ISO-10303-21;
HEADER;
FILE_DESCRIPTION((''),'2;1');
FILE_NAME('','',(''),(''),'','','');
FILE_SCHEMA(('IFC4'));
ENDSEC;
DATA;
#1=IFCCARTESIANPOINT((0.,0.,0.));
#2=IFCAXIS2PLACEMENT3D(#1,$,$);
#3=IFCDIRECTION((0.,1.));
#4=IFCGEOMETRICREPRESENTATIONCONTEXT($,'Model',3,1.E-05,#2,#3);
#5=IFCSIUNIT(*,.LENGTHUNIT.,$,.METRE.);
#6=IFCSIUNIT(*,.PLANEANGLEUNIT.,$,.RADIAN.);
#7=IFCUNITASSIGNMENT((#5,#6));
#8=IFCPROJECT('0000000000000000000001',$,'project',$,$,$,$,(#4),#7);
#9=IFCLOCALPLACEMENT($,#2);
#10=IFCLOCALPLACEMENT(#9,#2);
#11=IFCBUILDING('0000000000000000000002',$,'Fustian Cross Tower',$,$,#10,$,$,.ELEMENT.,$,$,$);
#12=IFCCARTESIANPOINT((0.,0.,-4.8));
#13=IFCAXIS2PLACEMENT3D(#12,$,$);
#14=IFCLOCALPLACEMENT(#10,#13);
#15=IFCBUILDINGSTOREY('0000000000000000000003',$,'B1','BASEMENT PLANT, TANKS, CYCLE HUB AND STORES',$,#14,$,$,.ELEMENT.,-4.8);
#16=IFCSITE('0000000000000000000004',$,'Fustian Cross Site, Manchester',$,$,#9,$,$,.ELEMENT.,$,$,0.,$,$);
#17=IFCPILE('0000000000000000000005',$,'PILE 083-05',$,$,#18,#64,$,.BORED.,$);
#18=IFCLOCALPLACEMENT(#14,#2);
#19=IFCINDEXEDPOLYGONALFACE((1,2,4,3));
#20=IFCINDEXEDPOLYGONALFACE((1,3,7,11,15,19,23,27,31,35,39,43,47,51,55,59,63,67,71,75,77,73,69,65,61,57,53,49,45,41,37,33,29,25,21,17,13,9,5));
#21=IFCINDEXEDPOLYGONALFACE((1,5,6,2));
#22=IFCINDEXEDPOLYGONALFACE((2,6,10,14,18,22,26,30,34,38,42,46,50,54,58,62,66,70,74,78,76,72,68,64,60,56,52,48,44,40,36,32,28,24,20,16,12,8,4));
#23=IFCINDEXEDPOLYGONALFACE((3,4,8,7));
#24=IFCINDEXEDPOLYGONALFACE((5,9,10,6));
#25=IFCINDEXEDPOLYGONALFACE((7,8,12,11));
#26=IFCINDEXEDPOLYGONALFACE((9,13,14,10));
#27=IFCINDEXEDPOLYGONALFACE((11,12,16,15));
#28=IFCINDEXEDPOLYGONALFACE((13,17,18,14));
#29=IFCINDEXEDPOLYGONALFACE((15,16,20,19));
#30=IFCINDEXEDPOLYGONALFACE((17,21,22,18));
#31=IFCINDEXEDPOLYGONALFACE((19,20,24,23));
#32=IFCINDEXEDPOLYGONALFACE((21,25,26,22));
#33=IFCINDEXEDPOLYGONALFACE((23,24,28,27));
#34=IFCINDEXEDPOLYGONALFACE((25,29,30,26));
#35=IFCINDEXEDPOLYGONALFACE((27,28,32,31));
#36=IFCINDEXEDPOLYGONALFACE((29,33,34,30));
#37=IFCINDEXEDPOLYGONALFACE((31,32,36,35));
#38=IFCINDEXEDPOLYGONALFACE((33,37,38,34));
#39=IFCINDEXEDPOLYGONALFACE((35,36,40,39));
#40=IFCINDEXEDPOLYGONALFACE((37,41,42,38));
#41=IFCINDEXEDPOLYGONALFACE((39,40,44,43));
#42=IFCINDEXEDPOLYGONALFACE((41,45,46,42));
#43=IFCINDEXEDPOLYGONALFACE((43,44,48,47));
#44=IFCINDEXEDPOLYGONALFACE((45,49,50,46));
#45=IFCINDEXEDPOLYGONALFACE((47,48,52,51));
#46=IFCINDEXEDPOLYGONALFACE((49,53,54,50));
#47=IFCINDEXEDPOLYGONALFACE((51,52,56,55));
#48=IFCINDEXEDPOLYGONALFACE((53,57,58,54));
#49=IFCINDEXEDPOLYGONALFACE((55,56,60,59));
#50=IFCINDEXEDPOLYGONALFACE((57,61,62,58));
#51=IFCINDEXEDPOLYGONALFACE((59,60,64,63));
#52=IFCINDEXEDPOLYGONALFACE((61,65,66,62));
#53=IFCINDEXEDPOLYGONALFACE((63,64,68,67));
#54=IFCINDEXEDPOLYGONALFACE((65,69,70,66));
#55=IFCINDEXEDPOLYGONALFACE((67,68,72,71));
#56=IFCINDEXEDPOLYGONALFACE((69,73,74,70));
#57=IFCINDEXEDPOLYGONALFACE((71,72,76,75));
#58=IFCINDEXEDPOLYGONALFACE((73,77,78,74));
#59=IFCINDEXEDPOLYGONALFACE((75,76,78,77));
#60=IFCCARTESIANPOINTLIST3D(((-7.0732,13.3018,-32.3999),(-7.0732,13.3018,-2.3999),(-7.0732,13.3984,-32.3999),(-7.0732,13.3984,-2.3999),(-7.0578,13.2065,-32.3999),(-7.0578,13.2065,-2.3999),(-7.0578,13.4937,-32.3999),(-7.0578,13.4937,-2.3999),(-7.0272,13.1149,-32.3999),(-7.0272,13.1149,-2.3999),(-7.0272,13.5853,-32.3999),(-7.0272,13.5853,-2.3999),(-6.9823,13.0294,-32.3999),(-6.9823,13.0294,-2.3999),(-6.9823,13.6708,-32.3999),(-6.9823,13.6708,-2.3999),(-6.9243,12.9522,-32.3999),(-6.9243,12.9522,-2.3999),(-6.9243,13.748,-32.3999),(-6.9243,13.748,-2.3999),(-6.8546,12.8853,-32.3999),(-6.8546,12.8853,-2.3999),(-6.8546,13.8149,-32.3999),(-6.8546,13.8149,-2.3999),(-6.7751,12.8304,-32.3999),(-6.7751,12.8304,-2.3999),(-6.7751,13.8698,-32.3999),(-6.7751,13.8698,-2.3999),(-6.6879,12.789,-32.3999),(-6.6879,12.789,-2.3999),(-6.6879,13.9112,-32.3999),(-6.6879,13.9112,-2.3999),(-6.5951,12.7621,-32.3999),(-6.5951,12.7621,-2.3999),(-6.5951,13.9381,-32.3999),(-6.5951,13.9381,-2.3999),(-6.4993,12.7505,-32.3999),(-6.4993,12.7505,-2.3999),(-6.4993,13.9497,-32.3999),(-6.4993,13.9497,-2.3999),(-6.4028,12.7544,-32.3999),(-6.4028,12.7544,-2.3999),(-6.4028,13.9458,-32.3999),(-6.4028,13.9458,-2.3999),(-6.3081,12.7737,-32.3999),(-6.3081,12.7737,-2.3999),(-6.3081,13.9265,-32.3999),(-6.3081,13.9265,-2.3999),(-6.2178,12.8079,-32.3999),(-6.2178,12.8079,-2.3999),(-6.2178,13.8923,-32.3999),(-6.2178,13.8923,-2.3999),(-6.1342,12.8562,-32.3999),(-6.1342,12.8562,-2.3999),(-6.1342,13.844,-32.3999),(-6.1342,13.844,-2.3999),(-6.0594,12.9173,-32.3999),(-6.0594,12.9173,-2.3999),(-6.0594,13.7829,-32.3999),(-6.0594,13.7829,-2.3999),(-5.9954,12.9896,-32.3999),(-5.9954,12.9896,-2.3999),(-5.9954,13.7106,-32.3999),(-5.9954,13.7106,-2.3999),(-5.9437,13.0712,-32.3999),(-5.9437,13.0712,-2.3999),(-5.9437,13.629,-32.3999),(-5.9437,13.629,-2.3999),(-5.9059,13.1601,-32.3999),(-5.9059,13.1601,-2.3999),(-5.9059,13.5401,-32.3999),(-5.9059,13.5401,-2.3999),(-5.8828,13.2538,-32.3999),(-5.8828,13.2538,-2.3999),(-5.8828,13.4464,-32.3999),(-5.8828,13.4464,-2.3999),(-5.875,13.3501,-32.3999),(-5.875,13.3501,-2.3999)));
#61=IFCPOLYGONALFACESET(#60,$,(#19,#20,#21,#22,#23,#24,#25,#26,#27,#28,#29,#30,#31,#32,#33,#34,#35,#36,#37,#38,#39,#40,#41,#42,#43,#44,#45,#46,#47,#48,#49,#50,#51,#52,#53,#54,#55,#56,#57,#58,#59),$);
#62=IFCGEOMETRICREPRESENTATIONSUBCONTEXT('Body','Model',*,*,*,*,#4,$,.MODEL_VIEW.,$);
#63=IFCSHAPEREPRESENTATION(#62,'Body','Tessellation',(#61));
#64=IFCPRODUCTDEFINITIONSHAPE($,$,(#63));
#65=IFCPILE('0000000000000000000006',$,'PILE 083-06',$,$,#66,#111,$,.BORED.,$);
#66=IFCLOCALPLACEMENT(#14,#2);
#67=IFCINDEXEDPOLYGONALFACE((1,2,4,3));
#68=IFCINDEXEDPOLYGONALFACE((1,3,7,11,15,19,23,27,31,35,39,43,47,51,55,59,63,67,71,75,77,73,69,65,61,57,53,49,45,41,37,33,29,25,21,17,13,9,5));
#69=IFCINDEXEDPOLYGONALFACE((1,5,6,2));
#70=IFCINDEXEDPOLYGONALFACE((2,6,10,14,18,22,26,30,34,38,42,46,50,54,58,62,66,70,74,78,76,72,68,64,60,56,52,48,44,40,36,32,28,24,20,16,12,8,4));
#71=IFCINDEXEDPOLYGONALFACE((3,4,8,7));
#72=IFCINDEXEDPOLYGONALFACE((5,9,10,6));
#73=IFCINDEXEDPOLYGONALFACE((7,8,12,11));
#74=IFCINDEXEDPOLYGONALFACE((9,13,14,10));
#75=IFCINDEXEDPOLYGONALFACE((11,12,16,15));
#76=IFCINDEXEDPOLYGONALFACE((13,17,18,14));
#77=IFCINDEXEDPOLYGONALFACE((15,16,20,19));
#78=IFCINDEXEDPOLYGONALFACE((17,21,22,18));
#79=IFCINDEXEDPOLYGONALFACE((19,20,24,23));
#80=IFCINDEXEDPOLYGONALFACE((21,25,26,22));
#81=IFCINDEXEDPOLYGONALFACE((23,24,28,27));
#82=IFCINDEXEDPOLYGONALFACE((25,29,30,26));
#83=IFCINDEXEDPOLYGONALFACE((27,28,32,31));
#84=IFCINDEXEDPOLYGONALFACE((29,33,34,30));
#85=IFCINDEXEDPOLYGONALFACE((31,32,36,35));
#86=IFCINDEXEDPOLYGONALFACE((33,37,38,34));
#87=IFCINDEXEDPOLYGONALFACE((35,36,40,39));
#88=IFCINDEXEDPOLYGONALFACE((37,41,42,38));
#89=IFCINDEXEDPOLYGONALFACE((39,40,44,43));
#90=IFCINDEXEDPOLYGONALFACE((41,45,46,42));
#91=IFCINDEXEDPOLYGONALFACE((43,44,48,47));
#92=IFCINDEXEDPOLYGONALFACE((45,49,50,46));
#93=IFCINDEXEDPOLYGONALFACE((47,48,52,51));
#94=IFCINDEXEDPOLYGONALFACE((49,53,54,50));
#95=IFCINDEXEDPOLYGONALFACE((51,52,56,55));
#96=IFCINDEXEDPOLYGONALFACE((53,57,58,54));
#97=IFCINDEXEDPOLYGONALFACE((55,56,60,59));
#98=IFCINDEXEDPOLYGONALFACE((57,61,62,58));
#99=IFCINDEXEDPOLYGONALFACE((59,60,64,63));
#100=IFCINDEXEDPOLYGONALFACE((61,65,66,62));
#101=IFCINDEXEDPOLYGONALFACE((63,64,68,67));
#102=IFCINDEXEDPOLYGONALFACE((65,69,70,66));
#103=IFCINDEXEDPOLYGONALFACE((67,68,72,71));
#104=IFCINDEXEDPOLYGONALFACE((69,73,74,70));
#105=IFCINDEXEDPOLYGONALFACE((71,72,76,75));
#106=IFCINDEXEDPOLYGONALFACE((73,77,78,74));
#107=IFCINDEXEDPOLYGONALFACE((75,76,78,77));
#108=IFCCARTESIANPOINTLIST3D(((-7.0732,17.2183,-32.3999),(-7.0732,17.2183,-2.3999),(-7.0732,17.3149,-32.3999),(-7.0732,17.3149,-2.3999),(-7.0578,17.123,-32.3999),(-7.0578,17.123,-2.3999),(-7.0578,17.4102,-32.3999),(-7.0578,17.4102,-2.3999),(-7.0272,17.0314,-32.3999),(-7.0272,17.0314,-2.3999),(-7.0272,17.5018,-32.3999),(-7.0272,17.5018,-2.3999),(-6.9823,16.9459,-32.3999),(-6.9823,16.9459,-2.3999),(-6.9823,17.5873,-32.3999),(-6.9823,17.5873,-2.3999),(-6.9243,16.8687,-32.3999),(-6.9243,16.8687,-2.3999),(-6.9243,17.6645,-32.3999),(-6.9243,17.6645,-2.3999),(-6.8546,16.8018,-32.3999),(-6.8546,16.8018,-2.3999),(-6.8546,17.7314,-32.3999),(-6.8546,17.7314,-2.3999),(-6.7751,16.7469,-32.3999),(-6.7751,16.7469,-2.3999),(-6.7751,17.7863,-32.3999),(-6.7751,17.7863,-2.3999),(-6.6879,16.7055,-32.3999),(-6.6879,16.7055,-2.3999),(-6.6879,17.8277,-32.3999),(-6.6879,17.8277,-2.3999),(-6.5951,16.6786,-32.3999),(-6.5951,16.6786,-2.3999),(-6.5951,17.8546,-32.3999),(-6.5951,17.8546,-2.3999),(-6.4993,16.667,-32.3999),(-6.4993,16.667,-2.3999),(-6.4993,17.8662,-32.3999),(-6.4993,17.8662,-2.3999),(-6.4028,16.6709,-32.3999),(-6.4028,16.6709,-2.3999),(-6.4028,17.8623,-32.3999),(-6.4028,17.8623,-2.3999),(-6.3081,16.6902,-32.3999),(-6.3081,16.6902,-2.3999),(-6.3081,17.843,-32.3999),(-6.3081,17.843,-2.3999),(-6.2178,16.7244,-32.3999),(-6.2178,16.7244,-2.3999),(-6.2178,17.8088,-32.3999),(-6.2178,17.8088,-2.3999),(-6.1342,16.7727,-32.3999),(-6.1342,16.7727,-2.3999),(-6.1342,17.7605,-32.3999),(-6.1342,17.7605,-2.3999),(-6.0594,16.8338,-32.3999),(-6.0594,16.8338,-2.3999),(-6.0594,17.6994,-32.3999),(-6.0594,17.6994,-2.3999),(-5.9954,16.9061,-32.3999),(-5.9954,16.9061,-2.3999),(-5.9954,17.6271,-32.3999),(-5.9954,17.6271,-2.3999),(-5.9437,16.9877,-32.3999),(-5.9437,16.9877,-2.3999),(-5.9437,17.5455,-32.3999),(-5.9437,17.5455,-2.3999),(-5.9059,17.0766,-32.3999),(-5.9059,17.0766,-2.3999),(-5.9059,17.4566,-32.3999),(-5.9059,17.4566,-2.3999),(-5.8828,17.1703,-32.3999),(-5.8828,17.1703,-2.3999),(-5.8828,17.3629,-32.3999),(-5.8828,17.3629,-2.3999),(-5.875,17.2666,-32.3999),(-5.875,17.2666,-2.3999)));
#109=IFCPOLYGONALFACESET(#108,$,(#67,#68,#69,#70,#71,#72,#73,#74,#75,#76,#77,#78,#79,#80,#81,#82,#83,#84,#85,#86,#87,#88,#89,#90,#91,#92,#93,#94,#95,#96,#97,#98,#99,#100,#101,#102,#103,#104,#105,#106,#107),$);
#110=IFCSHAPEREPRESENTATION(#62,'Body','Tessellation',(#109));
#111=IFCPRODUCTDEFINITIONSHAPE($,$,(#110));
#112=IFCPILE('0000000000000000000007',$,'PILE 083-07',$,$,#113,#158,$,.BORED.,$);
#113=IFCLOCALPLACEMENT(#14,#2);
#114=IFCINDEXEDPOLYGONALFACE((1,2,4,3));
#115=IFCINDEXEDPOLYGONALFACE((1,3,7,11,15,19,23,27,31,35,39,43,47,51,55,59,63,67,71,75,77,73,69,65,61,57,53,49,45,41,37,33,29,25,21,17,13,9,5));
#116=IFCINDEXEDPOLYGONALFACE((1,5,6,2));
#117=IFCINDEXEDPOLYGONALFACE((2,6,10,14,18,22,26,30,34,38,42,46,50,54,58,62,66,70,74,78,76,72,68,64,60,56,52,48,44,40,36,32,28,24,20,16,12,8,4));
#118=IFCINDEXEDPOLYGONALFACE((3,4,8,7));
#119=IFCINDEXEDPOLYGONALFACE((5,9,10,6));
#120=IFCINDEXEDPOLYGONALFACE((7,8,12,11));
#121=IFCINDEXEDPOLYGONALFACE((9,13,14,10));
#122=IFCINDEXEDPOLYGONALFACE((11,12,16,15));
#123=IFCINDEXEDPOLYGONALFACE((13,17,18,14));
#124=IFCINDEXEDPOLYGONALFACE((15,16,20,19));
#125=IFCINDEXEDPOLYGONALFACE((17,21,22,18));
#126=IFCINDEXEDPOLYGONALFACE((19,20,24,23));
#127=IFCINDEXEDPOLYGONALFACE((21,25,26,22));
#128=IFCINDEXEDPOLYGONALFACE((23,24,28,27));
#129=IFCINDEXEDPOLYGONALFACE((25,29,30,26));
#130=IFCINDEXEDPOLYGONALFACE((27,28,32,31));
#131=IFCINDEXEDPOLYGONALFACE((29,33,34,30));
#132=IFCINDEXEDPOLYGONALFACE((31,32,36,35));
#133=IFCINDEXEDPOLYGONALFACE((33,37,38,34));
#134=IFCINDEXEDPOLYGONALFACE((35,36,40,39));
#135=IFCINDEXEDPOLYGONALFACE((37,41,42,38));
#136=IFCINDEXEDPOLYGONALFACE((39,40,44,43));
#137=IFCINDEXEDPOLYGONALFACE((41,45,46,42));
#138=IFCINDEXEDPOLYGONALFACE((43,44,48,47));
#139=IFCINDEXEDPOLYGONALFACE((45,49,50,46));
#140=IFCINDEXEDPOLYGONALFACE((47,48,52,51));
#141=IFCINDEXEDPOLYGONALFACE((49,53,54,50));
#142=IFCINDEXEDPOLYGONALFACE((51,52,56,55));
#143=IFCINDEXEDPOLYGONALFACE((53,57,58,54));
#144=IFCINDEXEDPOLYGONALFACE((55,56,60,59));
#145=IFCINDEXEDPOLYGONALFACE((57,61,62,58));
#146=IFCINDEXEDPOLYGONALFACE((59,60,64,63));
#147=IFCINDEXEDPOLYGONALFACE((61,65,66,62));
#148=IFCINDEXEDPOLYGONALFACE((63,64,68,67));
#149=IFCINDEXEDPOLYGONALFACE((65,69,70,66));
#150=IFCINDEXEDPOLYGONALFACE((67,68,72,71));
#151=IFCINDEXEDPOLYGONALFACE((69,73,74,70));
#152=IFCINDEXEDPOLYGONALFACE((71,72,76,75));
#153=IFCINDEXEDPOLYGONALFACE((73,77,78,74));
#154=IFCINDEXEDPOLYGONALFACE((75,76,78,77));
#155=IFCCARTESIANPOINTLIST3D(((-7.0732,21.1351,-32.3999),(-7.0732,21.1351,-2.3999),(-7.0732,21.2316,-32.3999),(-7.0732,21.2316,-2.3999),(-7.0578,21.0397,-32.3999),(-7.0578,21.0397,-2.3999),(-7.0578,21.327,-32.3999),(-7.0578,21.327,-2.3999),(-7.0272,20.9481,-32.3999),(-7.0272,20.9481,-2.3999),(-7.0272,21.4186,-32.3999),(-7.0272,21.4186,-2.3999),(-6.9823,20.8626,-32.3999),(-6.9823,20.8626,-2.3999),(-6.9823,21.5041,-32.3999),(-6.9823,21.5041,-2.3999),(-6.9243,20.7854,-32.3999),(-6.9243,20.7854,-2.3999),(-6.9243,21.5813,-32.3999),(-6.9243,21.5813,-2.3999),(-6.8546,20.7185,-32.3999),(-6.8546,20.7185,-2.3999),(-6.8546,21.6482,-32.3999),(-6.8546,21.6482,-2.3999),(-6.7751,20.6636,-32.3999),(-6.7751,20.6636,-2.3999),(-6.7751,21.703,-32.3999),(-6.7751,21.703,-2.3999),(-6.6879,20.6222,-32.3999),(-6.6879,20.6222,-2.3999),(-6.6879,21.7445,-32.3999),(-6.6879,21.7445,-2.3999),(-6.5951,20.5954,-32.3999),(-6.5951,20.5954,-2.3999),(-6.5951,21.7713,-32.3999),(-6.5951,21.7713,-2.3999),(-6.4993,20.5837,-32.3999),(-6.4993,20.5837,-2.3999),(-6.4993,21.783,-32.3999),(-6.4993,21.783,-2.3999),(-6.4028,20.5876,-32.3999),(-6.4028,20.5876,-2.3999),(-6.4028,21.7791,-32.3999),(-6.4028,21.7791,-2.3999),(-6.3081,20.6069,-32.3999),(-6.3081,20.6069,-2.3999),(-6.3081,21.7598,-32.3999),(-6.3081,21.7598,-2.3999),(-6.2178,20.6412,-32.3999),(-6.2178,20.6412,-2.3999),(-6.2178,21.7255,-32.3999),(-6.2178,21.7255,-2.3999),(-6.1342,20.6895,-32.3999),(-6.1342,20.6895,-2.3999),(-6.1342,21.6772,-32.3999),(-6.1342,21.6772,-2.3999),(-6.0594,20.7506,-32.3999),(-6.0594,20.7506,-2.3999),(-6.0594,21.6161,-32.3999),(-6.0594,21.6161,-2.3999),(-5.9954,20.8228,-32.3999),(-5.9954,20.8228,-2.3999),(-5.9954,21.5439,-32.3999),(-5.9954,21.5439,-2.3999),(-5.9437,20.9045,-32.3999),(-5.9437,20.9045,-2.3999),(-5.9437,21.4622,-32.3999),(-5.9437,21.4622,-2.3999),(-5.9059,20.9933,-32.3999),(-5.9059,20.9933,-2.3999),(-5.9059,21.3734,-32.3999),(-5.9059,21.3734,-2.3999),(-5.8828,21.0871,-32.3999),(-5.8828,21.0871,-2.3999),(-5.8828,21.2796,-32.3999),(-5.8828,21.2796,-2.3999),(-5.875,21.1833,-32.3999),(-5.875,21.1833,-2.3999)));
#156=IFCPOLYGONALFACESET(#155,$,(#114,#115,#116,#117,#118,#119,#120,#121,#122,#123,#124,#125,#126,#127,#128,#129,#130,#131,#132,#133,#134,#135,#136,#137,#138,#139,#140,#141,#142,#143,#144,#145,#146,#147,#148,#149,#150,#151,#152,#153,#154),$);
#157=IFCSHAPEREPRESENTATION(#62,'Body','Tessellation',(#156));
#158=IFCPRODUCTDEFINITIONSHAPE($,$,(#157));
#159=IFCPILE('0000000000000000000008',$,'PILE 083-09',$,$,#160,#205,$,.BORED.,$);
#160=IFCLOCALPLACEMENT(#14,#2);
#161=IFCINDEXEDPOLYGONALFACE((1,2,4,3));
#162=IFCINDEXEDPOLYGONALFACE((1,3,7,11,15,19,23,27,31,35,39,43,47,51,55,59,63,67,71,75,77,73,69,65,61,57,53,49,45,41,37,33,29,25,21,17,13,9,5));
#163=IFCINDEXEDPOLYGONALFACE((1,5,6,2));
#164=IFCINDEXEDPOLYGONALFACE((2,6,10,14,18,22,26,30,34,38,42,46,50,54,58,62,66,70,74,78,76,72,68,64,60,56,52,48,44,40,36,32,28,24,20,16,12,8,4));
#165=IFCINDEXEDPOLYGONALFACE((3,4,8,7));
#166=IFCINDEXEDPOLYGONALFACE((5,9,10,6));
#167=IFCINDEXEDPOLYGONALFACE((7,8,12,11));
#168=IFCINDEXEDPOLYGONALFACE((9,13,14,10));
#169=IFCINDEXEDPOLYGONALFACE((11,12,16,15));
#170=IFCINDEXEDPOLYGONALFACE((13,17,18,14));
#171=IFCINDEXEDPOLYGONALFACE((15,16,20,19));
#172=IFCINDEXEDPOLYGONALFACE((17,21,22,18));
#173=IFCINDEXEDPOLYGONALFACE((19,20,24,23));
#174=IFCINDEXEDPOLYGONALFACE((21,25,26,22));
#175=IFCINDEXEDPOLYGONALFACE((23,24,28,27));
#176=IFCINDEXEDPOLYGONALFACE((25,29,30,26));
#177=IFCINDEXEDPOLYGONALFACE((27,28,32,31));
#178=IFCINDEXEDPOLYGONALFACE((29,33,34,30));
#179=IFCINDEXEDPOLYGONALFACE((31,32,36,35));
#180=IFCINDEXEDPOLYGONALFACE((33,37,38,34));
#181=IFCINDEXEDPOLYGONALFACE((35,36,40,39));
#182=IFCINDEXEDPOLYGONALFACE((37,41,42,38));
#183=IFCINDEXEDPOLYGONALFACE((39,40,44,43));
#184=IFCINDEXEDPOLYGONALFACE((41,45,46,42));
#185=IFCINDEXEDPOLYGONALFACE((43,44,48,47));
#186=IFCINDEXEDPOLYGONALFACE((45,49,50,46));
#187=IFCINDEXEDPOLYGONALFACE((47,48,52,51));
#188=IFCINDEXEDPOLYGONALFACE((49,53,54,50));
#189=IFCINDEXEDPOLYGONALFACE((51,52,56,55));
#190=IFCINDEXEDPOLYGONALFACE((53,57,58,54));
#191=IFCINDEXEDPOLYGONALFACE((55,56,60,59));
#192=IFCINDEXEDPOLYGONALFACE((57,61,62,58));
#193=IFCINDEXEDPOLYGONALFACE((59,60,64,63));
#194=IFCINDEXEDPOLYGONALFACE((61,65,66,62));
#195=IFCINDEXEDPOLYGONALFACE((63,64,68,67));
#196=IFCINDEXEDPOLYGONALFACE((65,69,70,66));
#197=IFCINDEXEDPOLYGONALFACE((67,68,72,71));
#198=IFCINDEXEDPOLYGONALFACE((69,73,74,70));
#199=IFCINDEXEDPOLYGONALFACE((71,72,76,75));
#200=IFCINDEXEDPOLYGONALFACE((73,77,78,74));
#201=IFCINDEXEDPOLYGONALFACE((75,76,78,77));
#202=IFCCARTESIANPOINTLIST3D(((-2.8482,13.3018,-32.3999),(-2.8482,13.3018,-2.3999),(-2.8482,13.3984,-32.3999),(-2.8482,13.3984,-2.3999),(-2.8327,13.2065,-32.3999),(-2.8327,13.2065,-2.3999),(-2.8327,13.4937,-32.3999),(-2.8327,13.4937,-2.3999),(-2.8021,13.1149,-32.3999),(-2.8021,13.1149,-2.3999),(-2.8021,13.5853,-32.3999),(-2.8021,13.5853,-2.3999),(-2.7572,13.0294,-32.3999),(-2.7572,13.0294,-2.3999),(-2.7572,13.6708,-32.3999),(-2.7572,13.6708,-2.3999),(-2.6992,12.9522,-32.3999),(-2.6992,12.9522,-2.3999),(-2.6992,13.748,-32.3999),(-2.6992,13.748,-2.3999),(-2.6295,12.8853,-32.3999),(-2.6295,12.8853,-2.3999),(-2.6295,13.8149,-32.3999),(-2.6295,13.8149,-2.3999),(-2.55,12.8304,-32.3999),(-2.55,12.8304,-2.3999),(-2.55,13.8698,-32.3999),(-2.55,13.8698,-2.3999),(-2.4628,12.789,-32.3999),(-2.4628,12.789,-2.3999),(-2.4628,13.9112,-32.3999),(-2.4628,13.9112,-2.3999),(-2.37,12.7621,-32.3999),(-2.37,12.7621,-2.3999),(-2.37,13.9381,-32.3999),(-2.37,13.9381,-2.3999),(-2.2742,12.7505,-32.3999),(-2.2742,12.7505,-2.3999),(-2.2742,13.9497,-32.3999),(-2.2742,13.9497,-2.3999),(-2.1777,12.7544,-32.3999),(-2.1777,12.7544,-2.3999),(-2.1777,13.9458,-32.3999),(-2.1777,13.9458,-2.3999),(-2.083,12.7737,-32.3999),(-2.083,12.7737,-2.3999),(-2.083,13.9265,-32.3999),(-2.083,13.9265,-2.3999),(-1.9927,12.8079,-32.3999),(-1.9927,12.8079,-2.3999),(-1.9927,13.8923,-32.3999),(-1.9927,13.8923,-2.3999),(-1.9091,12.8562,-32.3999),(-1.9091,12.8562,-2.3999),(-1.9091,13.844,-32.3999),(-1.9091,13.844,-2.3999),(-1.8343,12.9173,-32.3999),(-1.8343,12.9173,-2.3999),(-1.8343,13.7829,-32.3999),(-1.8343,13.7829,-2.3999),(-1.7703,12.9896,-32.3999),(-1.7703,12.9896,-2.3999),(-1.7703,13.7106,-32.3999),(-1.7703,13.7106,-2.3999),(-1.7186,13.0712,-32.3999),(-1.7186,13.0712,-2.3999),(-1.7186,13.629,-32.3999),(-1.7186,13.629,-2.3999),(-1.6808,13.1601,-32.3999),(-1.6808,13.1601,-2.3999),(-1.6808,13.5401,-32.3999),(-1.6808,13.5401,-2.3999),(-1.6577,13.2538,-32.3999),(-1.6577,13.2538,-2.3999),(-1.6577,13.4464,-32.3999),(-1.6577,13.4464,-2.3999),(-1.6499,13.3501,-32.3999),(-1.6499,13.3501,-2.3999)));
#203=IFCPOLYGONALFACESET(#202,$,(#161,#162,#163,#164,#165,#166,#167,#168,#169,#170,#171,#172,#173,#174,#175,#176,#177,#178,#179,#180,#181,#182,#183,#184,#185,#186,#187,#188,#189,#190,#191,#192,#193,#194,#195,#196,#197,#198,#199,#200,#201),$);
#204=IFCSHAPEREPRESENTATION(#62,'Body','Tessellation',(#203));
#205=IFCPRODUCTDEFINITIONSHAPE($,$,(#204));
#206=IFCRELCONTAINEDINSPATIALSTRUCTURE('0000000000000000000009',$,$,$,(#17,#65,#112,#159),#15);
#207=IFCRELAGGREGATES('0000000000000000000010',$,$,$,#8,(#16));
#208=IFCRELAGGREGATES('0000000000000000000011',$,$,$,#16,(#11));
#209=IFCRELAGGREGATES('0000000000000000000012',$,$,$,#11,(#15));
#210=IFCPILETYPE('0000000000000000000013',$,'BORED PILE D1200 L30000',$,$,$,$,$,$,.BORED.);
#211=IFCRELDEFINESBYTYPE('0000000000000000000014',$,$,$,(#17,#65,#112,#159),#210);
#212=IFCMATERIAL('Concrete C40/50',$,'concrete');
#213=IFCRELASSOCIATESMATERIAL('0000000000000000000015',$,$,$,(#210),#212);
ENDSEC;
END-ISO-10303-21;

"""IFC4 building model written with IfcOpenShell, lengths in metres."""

from ifc_helpers import new_model, si_unit, direction, frame, origin, origin_2d, place, context, subcontext, project, spatial, circle, extrude, material, material_profile, profile_set, type_object, element, save


model = new_model("IFC4")

# Units and contexts
model_context = context("Model", 3, precision=1e-05, world=origin(), true_north=direction((0.0, 1.0)))
body_context = subcontext(model_context, "Body", "Model", "MODEL_VIEW")
ifc_project = project(units=[si_unit("LENGTHUNIT", "METRE"), si_unit("PLANEANGLEUNIT", "RADIAN")], contexts=[model_context])

# Site, building, storey
site_placement = place(None, origin())
site = spatial("IfcSite", under=ifc_project, at=site_placement, Name="Fustian Cross Site, Manchester", CompositionType="ELEMENT", RefElevation=0.0)
building_placement = place(site_placement, origin())
building = spatial("IfcBuilding", under=site, at=building_placement, Name="Fustian Cross Tower", CompositionType="ELEMENT")
storey_placement = place(building_placement, frame((0.0, 0.0, -4.8)))
storey = spatial("IfcBuildingStorey", under=building, at=storey_placement, Name="B1", Description="BASEMENT PLANT, TANKS, CYCLE HUB AND STORES", CompositionType="ELEMENT", Elevation=-4.8)

# Piles
ifc_material_1 = material(Name="Concrete C40/50", Category="concrete")
ifc_material_profile_1 = material_profile(ifc_material_1, circle(Radius=0.6001, at=origin_2d()), Name="BORED PILE D1200 L30000")
ifc_profile_set_1 = profile_set([ifc_material_profile_1], Name="Concrete C40/50")
pile_type_1 = type_object("IfcPileType", Name="BORED PILE D1200 L30000", PredefinedType="BORED", material=ifc_profile_set_1)
for number, where, z_axis, x_axis, name in (
    (1, (-6.4751, 13.3501, -2.3999), (0.0, 0.0, -1.0), (1.0, 0.0, 0.0), "PILE 083-05"),
    (2, (-6.4751, 17.2666, -2.3999), (0.0, 0.0, -1.0), (1.0, 0.0, 0.0), "PILE 083-06"),
    (3, (-6.4751, 21.1833, -2.3999), (0.0, 0.0, -1.0), (1.0, 0.0, 0.0), "PILE 083-07"),
    (4, (-2.25, 13.3501, -2.3999), (0.0, 0.0, -1.0), (1.0, 0.0, 0.0), "PILE 083-09"),
):
    element("IfcPile", number, at=place(storey_placement, frame(where, z_axis=z_axis, x_axis=x_axis)), inside=storey, type_object=pile_type_1, Name=name, PredefinedType="BORED", context=body_context, shape_type="SweptSolid", body=[
        extrude(circle(Radius=0.6001, at=origin_2d()), origin(), (0.0, 0.0, 1.0), 30.0),
    ])

save(model, "model.ifc")
